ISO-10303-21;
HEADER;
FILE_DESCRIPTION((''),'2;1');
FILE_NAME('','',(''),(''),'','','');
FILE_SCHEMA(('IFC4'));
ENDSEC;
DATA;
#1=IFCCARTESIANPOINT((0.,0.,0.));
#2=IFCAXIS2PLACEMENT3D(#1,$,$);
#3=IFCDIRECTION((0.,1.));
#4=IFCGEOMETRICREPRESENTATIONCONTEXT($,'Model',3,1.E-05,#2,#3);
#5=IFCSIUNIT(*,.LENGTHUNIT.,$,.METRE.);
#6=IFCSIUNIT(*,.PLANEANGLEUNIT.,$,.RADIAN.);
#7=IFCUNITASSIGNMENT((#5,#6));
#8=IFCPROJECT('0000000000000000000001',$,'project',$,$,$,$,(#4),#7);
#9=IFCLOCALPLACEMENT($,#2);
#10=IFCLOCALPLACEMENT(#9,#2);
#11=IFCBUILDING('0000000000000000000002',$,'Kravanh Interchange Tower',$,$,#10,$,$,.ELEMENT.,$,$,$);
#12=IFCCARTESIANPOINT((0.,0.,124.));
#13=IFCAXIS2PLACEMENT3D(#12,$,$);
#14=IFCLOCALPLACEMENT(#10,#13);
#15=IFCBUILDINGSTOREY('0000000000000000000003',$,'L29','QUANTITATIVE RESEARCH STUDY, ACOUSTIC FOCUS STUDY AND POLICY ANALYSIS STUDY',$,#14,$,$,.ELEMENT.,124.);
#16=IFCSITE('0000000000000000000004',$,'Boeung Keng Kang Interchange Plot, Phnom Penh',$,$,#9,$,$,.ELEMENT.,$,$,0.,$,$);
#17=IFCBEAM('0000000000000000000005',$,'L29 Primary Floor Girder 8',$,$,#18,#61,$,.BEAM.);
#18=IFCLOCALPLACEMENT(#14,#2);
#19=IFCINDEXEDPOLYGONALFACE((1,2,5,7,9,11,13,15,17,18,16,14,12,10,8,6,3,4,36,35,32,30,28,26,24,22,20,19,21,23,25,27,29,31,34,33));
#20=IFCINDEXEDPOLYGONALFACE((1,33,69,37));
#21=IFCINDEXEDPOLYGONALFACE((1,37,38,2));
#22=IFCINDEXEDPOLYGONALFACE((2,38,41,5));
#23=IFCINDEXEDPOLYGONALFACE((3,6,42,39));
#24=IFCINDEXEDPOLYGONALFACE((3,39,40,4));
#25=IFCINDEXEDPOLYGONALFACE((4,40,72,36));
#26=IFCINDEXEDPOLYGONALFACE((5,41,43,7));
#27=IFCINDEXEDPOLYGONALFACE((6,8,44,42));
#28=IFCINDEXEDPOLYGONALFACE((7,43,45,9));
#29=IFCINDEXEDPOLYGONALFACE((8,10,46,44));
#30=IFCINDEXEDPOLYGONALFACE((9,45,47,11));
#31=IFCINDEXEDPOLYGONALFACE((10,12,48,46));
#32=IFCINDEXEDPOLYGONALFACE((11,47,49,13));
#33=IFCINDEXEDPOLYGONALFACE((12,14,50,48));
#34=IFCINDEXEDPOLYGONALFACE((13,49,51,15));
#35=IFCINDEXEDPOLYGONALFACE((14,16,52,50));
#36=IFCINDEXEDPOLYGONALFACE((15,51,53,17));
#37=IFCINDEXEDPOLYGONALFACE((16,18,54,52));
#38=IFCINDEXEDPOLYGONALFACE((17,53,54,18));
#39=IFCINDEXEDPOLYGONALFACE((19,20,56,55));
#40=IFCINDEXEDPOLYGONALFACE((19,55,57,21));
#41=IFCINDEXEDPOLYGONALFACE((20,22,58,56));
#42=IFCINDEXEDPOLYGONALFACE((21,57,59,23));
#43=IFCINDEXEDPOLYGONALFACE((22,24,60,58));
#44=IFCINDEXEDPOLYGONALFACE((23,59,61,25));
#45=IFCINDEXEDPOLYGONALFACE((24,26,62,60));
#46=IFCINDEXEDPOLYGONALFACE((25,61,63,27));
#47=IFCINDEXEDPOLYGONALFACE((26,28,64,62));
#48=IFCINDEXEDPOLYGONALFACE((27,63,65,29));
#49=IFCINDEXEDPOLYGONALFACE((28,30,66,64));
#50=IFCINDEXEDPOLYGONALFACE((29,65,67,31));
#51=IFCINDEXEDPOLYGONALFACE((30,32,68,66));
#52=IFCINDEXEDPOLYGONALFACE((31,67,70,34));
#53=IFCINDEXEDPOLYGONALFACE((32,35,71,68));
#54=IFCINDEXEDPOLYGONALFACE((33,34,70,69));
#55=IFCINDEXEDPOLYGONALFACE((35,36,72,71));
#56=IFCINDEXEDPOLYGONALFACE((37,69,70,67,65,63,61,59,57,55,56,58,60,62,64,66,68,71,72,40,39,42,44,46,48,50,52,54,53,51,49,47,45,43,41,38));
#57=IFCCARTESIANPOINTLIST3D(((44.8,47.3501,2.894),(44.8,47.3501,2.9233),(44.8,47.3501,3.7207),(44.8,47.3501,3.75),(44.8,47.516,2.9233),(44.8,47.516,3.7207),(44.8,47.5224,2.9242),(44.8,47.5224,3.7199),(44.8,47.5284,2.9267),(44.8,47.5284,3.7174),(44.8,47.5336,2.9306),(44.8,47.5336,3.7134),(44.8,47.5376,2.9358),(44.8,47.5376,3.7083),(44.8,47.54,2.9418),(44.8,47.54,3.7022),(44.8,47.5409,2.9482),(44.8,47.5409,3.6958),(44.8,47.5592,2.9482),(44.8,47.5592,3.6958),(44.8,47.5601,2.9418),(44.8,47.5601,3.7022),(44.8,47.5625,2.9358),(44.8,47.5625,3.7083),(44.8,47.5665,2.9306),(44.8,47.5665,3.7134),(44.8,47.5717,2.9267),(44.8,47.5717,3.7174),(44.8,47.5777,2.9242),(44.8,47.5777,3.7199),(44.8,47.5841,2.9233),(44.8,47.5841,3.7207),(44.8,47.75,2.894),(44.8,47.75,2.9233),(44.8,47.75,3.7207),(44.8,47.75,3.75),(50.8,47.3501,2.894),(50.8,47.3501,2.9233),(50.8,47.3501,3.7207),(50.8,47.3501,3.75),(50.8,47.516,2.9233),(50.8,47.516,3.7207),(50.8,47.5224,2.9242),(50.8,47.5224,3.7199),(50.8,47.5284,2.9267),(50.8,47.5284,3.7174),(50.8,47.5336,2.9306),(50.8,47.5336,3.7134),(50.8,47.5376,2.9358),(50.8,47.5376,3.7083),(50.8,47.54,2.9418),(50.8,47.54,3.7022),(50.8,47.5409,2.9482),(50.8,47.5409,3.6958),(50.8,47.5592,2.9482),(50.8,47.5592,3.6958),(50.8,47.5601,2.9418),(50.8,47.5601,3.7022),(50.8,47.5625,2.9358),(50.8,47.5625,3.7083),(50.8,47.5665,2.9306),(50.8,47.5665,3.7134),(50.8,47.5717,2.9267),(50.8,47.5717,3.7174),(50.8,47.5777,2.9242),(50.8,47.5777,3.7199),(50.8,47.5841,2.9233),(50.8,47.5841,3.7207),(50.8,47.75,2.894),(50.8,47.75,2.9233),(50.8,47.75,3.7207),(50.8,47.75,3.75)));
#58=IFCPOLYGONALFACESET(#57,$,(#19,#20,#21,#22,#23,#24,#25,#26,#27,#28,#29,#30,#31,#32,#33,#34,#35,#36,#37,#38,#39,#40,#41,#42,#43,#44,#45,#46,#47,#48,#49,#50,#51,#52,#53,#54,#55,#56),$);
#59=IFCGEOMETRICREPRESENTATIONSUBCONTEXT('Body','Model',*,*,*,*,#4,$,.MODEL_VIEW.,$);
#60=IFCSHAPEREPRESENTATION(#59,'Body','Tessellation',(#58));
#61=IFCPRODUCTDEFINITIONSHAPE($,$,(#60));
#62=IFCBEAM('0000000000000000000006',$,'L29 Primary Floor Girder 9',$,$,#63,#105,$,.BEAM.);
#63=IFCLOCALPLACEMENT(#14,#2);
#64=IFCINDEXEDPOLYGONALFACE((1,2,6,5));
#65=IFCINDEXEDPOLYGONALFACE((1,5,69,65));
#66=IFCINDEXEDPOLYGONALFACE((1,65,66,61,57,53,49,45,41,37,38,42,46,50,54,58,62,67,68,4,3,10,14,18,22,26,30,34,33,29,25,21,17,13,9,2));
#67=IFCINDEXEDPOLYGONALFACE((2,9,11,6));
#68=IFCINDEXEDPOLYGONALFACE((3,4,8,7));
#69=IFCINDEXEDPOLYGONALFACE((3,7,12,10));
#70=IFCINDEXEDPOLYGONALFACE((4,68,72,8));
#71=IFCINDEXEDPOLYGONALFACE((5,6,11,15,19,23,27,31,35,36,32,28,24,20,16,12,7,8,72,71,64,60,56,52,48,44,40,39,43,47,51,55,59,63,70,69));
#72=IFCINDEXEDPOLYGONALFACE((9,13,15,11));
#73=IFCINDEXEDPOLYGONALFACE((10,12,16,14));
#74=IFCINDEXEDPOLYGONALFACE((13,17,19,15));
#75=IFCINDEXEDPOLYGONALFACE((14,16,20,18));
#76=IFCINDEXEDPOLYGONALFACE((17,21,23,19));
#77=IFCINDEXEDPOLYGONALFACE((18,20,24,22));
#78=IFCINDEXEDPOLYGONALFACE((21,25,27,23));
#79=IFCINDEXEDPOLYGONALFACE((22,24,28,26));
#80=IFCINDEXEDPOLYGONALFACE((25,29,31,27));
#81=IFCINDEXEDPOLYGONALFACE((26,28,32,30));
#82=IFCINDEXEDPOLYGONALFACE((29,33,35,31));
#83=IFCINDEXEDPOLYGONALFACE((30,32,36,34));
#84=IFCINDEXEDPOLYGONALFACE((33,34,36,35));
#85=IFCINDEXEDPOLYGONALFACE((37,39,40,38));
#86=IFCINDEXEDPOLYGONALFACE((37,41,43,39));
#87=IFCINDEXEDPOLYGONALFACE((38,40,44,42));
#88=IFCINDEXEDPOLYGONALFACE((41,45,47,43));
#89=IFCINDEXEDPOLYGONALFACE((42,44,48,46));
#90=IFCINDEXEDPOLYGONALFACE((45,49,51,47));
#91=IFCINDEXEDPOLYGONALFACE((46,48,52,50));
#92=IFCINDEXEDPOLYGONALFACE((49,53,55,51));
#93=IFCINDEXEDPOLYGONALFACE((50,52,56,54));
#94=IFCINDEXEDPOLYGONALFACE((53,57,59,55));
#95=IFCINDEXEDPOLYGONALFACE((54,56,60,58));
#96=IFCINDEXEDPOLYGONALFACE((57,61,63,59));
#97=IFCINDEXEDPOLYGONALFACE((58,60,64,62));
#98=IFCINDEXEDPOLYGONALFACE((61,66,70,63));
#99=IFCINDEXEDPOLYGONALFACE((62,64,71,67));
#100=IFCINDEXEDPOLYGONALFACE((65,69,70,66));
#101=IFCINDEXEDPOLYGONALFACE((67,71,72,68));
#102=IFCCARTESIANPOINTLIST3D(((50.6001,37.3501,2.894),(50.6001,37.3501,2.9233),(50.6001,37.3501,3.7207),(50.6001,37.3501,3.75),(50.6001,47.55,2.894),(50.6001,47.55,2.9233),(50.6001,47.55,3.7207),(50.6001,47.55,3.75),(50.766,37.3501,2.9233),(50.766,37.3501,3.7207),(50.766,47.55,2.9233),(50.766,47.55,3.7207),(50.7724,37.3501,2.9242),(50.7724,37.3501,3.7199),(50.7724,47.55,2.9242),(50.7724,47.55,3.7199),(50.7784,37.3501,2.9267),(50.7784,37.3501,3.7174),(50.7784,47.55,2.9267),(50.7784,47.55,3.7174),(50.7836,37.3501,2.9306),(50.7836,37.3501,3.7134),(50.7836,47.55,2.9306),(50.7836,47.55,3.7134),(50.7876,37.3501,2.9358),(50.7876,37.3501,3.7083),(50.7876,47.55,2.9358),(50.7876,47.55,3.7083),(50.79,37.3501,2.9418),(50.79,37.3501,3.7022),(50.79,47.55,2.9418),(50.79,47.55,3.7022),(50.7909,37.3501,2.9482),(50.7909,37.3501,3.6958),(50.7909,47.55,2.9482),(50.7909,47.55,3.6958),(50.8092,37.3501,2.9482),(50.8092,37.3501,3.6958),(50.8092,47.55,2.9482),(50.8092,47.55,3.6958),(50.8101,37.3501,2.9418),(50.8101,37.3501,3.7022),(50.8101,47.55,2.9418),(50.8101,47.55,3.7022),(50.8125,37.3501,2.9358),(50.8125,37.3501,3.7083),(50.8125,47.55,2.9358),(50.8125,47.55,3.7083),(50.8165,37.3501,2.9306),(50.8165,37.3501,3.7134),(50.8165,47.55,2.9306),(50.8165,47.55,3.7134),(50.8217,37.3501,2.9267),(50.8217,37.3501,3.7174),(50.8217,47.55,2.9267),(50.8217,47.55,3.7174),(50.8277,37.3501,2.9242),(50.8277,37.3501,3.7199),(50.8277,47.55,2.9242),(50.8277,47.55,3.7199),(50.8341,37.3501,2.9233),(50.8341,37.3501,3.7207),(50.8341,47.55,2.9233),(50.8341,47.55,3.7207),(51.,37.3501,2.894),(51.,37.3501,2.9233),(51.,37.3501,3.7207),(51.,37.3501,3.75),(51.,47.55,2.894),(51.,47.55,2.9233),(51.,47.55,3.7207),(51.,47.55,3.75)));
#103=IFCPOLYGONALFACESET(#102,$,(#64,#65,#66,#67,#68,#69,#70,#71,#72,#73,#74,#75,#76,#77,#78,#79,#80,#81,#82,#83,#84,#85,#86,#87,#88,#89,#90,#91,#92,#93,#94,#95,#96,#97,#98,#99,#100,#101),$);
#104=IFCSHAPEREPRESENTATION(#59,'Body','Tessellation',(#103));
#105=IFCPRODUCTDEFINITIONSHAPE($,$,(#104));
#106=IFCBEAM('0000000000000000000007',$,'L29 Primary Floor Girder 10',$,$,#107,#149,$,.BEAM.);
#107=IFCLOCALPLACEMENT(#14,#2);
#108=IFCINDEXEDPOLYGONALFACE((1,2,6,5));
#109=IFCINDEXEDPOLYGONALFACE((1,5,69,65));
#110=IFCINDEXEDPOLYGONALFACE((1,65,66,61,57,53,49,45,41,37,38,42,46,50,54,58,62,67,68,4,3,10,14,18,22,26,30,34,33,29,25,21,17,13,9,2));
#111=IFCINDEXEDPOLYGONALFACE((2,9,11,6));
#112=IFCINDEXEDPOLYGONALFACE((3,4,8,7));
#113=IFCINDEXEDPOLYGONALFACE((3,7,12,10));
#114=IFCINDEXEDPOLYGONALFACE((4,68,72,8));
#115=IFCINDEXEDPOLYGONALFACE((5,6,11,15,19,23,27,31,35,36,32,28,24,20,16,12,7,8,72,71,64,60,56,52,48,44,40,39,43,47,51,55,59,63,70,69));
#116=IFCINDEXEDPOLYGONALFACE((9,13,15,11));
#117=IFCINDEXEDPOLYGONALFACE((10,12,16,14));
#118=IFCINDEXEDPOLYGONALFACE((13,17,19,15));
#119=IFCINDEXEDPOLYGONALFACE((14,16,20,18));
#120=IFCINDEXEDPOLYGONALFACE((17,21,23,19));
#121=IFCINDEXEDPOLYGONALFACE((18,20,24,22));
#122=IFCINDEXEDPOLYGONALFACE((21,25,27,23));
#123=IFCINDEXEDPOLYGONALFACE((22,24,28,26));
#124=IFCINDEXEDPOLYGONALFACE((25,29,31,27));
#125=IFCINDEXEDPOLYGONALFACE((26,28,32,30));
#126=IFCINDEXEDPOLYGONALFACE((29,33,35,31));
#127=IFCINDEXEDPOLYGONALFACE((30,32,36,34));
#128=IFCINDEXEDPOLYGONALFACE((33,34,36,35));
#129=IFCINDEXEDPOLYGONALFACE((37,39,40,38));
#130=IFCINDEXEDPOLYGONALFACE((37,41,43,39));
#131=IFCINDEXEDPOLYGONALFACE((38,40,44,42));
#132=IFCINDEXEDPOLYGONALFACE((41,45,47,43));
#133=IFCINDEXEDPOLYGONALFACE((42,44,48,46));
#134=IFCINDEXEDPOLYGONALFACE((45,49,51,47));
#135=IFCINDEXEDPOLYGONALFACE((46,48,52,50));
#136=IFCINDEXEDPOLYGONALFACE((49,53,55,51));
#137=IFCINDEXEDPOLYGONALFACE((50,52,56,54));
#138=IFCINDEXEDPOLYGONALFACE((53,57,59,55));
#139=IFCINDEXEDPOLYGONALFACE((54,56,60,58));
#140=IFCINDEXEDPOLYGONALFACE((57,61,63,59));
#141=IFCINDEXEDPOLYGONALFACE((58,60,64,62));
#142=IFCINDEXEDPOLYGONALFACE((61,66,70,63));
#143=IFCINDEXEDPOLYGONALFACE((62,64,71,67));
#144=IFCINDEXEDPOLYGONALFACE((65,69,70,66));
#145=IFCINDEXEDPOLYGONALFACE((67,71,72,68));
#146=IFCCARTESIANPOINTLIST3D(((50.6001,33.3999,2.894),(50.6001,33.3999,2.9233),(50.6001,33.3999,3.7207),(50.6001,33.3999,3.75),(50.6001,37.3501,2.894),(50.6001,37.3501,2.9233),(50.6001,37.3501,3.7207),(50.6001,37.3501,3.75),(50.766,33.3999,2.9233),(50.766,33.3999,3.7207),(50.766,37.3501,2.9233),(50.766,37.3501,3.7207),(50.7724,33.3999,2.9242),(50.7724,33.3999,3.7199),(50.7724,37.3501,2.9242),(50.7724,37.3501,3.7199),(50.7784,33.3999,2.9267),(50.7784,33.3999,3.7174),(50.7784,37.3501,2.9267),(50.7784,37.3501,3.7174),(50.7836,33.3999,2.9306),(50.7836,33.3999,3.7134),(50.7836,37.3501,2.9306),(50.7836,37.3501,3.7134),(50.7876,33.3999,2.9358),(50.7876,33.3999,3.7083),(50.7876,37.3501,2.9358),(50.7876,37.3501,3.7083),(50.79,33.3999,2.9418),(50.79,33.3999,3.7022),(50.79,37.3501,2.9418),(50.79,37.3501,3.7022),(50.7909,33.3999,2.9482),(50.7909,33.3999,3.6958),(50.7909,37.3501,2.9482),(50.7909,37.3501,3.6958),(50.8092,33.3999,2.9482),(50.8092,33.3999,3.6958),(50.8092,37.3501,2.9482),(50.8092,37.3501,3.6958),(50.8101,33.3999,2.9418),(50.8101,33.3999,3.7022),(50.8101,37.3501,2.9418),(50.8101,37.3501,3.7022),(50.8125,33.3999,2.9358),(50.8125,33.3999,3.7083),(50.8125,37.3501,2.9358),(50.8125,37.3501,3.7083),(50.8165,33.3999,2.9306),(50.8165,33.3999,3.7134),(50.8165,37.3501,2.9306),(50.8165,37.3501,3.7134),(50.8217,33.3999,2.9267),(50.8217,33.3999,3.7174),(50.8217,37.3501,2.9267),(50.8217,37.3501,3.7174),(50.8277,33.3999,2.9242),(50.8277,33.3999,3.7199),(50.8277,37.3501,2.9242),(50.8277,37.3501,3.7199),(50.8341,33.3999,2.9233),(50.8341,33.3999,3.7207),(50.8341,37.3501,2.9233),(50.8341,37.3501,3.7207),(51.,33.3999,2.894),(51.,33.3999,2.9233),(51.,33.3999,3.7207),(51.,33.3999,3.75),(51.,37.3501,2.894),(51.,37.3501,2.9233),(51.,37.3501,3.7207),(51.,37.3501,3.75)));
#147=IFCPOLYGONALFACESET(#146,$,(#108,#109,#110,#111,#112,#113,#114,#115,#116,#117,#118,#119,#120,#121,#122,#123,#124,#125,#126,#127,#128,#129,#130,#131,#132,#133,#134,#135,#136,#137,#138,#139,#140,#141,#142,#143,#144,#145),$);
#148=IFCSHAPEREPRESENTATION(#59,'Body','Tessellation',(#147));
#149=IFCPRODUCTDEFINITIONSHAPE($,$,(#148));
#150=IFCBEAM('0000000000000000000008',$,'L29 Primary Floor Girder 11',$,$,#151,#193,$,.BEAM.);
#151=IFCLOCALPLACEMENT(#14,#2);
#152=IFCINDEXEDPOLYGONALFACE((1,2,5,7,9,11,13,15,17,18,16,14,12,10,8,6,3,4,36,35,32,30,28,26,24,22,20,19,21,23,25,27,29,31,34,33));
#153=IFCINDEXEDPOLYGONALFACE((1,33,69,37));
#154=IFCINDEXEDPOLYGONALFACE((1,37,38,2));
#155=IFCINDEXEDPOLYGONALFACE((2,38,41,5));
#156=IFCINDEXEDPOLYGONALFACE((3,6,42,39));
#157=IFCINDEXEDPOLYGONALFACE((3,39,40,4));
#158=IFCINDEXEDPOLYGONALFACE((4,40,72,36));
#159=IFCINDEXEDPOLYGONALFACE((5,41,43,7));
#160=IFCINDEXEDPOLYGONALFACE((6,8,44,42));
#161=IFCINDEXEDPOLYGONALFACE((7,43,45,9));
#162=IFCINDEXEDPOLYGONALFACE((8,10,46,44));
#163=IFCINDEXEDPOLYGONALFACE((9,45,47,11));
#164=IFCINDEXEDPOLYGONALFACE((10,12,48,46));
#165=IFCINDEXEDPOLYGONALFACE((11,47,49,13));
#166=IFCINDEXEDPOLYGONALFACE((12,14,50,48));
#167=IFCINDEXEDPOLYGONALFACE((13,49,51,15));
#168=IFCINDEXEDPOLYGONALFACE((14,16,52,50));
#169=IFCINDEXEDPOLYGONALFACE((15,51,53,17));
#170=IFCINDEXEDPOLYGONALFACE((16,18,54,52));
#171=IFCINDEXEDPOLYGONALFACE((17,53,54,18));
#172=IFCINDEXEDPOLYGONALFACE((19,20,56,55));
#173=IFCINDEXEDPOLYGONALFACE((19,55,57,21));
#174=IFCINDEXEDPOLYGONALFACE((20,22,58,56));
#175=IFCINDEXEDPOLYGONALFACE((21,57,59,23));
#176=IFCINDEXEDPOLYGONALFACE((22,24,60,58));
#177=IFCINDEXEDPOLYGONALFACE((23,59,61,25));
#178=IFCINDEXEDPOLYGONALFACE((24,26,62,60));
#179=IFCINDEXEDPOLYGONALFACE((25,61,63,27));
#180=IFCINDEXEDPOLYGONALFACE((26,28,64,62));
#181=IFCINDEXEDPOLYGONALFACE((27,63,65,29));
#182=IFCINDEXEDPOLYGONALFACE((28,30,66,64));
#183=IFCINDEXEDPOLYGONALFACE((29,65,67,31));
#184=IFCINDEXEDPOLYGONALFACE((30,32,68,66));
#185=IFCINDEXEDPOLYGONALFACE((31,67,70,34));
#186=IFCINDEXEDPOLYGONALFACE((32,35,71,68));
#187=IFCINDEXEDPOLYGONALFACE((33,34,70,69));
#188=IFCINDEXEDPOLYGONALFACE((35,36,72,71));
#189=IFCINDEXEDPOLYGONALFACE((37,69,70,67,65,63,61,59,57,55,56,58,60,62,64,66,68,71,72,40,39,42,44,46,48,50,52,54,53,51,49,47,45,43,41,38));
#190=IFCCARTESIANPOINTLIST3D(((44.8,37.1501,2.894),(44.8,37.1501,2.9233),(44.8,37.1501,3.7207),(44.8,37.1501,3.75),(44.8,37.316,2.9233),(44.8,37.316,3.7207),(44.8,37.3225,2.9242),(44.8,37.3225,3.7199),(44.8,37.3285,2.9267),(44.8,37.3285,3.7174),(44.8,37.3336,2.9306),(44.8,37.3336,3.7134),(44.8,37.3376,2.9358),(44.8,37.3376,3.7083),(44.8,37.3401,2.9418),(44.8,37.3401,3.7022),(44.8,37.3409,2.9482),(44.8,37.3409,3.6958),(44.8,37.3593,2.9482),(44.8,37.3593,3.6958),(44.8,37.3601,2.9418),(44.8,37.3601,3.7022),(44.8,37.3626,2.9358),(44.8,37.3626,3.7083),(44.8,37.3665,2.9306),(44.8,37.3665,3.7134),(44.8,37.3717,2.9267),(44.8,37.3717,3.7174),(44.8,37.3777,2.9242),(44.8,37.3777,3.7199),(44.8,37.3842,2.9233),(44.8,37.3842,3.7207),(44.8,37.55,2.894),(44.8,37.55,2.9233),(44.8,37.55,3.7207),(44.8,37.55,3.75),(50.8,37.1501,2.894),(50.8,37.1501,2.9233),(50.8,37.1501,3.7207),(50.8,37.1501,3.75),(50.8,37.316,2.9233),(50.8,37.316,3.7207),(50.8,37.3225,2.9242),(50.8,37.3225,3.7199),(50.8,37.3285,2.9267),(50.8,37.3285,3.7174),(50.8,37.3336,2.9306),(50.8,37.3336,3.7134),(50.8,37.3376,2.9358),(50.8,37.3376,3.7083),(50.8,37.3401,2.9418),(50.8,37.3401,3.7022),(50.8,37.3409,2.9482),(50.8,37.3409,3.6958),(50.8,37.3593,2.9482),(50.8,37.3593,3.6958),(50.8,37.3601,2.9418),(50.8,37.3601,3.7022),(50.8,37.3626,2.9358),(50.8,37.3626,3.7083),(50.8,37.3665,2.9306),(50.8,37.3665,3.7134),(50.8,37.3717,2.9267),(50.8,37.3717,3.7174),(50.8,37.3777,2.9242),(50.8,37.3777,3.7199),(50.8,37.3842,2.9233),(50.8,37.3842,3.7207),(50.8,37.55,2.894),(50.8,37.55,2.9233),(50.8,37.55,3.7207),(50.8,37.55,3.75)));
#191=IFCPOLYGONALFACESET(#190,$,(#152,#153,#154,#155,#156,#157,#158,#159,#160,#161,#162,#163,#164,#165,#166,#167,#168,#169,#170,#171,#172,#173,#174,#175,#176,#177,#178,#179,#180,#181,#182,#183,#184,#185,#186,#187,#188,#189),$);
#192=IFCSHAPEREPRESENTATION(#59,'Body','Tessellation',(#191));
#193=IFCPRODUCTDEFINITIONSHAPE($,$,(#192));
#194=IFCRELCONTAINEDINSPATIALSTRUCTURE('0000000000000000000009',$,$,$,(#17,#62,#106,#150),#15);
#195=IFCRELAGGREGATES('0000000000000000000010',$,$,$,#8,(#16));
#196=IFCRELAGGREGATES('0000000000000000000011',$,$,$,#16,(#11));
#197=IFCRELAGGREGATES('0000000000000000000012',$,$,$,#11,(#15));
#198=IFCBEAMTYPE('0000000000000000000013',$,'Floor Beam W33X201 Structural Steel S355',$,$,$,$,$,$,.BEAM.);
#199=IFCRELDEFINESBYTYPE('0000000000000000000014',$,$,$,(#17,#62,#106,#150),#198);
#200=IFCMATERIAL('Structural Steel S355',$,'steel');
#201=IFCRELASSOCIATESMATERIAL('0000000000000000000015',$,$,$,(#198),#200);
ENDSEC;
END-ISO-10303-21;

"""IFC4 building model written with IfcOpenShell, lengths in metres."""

from ifc_helpers import new_model, si_unit, direction, frame, origin, origin_2d, place, context, subcontext, project, spatial, i_section, extrude, material, material_profile, profile_set, type_object, element, save


model = new_model("IFC4")

# Units and contexts
model_context = context("Model", 3, precision=1e-05, world=origin(), true_north=direction((0.0, 1.0)))
body_context = subcontext(model_context, "Body", "Model", "MODEL_VIEW")
ifc_project = project(units=[si_unit("LENGTHUNIT", "METRE"), si_unit("PLANEANGLEUNIT", "RADIAN")], contexts=[model_context])

# Site, building, storey
site_placement = place(None, origin())
site = spatial("IfcSite", under=ifc_project, at=site_placement, Name="Boeung Keng Kang Interchange Plot, Phnom Penh", CompositionType="ELEMENT", RefElevation=0.0)
building_placement = place(site_placement, origin())
building = spatial("IfcBuilding", under=site, at=building_placement, Name="Kravanh Interchange Tower", CompositionType="ELEMENT")
storey_placement = place(building_placement, frame((0.0, 0.0, 124.0)))
storey = spatial("IfcBuildingStorey", under=building, at=storey_placement, Name="L29", Description="QUANTITATIVE RESEARCH STUDY, ACOUSTIC FOCUS STUDY AND POLICY ANALYSIS STUDY", CompositionType="ELEMENT", Elevation=124.0)

# Beams
ifc_material_1 = material(Name="Structural Steel S355", Category="steel")
ifc_material_profile_1 = material_profile(ifc_material_1, i_section(OverallWidth=0.3999, OverallDepth=0.856, WebThickness=0.0183, FlangeThickness=0.0293, FilletRadius=0.0249, at=origin_2d()), Name="W33X201")
ifc_profile_set_1 = profile_set([ifc_material_profile_1], Name="Structural Steel S355")
beam_type_1 = type_object("IfcBeamType", Name="Floor Beam W33X201 Structural Steel S355", PredefinedType="BEAM", material=ifc_profile_set_1)
beam_1_placement = place(storey_placement, frame((50.8, 47.55, 3.322), z_axis=(-1.0, 0.0, 0.0), x_axis=(0.0, -1.0, 0.0)))
element("IfcBeam", 1, at=beam_1_placement, inside=storey, type_object=beam_type_1, Name="L29 Primary Floor Girder 8", PredefinedType="BEAM", context=body_context, shape_type="SweptSolid", body=[
    extrude(i_section(OverallWidth=0.3999, OverallDepth=0.856, WebThickness=0.0183, FlangeThickness=0.0293, FilletRadius=0.0249, at=origin_2d()), origin(), (0.0, 0.0, 1.0), 6.0),
])
beam_2_placement = place(storey_placement, frame((50.8, 47.55, 3.322), z_axis=(0.0, -1.0, 0.0), x_axis=(1.0, 0.0, 0.0)))
element("IfcBeam", 2, at=beam_2_placement, inside=storey, type_object=beam_type_1, Name="L29 Primary Floor Girder 9", PredefinedType="BEAM", context=body_context, shape_type="SweptSolid", body=[
    extrude(i_section(OverallWidth=0.3999, OverallDepth=0.856, WebThickness=0.0183, FlangeThickness=0.0293, FilletRadius=0.0249, at=origin_2d()), origin(), (0.0, 0.0, 1.0), 10.2),
])
beam_3_placement = place(storey_placement, frame((50.8, 37.3501, 3.322), z_axis=(0.0, -1.0, 0.0), x_axis=(1.0, 0.0, 0.0)))
element("IfcBeam", 3, at=beam_3_placement, inside=storey, type_object=beam_type_1, Name="L29 Primary Floor Girder 10", PredefinedType="BEAM", context=body_context, shape_type="SweptSolid", body=[
    extrude(i_section(OverallWidth=0.3999, OverallDepth=0.856, WebThickness=0.0183, FlangeThickness=0.0293, FilletRadius=0.0249, at=origin_2d()), origin(), (0.0, 0.0, 1.0), 3.9502),
])
beam_4_placement = place(storey_placement, frame((50.8, 37.3501, 3.322), z_axis=(-1.0, 0.0, 0.0), x_axis=(0.0, -1.0, 0.0)))
element("IfcBeam", 4, at=beam_4_placement, inside=storey, type_object=beam_type_1, Name="L29 Primary Floor Girder 11", PredefinedType="BEAM", context=body_context, shape_type="SweptSolid", body=[
    extrude(i_section(OverallWidth=0.3999, OverallDepth=0.856, WebThickness=0.0183, FlangeThickness=0.0293, FilletRadius=0.0249, at=origin_2d()), origin(), (0.0, 0.0, 1.0), 6.0),
])

save(model, "model.ifc")
